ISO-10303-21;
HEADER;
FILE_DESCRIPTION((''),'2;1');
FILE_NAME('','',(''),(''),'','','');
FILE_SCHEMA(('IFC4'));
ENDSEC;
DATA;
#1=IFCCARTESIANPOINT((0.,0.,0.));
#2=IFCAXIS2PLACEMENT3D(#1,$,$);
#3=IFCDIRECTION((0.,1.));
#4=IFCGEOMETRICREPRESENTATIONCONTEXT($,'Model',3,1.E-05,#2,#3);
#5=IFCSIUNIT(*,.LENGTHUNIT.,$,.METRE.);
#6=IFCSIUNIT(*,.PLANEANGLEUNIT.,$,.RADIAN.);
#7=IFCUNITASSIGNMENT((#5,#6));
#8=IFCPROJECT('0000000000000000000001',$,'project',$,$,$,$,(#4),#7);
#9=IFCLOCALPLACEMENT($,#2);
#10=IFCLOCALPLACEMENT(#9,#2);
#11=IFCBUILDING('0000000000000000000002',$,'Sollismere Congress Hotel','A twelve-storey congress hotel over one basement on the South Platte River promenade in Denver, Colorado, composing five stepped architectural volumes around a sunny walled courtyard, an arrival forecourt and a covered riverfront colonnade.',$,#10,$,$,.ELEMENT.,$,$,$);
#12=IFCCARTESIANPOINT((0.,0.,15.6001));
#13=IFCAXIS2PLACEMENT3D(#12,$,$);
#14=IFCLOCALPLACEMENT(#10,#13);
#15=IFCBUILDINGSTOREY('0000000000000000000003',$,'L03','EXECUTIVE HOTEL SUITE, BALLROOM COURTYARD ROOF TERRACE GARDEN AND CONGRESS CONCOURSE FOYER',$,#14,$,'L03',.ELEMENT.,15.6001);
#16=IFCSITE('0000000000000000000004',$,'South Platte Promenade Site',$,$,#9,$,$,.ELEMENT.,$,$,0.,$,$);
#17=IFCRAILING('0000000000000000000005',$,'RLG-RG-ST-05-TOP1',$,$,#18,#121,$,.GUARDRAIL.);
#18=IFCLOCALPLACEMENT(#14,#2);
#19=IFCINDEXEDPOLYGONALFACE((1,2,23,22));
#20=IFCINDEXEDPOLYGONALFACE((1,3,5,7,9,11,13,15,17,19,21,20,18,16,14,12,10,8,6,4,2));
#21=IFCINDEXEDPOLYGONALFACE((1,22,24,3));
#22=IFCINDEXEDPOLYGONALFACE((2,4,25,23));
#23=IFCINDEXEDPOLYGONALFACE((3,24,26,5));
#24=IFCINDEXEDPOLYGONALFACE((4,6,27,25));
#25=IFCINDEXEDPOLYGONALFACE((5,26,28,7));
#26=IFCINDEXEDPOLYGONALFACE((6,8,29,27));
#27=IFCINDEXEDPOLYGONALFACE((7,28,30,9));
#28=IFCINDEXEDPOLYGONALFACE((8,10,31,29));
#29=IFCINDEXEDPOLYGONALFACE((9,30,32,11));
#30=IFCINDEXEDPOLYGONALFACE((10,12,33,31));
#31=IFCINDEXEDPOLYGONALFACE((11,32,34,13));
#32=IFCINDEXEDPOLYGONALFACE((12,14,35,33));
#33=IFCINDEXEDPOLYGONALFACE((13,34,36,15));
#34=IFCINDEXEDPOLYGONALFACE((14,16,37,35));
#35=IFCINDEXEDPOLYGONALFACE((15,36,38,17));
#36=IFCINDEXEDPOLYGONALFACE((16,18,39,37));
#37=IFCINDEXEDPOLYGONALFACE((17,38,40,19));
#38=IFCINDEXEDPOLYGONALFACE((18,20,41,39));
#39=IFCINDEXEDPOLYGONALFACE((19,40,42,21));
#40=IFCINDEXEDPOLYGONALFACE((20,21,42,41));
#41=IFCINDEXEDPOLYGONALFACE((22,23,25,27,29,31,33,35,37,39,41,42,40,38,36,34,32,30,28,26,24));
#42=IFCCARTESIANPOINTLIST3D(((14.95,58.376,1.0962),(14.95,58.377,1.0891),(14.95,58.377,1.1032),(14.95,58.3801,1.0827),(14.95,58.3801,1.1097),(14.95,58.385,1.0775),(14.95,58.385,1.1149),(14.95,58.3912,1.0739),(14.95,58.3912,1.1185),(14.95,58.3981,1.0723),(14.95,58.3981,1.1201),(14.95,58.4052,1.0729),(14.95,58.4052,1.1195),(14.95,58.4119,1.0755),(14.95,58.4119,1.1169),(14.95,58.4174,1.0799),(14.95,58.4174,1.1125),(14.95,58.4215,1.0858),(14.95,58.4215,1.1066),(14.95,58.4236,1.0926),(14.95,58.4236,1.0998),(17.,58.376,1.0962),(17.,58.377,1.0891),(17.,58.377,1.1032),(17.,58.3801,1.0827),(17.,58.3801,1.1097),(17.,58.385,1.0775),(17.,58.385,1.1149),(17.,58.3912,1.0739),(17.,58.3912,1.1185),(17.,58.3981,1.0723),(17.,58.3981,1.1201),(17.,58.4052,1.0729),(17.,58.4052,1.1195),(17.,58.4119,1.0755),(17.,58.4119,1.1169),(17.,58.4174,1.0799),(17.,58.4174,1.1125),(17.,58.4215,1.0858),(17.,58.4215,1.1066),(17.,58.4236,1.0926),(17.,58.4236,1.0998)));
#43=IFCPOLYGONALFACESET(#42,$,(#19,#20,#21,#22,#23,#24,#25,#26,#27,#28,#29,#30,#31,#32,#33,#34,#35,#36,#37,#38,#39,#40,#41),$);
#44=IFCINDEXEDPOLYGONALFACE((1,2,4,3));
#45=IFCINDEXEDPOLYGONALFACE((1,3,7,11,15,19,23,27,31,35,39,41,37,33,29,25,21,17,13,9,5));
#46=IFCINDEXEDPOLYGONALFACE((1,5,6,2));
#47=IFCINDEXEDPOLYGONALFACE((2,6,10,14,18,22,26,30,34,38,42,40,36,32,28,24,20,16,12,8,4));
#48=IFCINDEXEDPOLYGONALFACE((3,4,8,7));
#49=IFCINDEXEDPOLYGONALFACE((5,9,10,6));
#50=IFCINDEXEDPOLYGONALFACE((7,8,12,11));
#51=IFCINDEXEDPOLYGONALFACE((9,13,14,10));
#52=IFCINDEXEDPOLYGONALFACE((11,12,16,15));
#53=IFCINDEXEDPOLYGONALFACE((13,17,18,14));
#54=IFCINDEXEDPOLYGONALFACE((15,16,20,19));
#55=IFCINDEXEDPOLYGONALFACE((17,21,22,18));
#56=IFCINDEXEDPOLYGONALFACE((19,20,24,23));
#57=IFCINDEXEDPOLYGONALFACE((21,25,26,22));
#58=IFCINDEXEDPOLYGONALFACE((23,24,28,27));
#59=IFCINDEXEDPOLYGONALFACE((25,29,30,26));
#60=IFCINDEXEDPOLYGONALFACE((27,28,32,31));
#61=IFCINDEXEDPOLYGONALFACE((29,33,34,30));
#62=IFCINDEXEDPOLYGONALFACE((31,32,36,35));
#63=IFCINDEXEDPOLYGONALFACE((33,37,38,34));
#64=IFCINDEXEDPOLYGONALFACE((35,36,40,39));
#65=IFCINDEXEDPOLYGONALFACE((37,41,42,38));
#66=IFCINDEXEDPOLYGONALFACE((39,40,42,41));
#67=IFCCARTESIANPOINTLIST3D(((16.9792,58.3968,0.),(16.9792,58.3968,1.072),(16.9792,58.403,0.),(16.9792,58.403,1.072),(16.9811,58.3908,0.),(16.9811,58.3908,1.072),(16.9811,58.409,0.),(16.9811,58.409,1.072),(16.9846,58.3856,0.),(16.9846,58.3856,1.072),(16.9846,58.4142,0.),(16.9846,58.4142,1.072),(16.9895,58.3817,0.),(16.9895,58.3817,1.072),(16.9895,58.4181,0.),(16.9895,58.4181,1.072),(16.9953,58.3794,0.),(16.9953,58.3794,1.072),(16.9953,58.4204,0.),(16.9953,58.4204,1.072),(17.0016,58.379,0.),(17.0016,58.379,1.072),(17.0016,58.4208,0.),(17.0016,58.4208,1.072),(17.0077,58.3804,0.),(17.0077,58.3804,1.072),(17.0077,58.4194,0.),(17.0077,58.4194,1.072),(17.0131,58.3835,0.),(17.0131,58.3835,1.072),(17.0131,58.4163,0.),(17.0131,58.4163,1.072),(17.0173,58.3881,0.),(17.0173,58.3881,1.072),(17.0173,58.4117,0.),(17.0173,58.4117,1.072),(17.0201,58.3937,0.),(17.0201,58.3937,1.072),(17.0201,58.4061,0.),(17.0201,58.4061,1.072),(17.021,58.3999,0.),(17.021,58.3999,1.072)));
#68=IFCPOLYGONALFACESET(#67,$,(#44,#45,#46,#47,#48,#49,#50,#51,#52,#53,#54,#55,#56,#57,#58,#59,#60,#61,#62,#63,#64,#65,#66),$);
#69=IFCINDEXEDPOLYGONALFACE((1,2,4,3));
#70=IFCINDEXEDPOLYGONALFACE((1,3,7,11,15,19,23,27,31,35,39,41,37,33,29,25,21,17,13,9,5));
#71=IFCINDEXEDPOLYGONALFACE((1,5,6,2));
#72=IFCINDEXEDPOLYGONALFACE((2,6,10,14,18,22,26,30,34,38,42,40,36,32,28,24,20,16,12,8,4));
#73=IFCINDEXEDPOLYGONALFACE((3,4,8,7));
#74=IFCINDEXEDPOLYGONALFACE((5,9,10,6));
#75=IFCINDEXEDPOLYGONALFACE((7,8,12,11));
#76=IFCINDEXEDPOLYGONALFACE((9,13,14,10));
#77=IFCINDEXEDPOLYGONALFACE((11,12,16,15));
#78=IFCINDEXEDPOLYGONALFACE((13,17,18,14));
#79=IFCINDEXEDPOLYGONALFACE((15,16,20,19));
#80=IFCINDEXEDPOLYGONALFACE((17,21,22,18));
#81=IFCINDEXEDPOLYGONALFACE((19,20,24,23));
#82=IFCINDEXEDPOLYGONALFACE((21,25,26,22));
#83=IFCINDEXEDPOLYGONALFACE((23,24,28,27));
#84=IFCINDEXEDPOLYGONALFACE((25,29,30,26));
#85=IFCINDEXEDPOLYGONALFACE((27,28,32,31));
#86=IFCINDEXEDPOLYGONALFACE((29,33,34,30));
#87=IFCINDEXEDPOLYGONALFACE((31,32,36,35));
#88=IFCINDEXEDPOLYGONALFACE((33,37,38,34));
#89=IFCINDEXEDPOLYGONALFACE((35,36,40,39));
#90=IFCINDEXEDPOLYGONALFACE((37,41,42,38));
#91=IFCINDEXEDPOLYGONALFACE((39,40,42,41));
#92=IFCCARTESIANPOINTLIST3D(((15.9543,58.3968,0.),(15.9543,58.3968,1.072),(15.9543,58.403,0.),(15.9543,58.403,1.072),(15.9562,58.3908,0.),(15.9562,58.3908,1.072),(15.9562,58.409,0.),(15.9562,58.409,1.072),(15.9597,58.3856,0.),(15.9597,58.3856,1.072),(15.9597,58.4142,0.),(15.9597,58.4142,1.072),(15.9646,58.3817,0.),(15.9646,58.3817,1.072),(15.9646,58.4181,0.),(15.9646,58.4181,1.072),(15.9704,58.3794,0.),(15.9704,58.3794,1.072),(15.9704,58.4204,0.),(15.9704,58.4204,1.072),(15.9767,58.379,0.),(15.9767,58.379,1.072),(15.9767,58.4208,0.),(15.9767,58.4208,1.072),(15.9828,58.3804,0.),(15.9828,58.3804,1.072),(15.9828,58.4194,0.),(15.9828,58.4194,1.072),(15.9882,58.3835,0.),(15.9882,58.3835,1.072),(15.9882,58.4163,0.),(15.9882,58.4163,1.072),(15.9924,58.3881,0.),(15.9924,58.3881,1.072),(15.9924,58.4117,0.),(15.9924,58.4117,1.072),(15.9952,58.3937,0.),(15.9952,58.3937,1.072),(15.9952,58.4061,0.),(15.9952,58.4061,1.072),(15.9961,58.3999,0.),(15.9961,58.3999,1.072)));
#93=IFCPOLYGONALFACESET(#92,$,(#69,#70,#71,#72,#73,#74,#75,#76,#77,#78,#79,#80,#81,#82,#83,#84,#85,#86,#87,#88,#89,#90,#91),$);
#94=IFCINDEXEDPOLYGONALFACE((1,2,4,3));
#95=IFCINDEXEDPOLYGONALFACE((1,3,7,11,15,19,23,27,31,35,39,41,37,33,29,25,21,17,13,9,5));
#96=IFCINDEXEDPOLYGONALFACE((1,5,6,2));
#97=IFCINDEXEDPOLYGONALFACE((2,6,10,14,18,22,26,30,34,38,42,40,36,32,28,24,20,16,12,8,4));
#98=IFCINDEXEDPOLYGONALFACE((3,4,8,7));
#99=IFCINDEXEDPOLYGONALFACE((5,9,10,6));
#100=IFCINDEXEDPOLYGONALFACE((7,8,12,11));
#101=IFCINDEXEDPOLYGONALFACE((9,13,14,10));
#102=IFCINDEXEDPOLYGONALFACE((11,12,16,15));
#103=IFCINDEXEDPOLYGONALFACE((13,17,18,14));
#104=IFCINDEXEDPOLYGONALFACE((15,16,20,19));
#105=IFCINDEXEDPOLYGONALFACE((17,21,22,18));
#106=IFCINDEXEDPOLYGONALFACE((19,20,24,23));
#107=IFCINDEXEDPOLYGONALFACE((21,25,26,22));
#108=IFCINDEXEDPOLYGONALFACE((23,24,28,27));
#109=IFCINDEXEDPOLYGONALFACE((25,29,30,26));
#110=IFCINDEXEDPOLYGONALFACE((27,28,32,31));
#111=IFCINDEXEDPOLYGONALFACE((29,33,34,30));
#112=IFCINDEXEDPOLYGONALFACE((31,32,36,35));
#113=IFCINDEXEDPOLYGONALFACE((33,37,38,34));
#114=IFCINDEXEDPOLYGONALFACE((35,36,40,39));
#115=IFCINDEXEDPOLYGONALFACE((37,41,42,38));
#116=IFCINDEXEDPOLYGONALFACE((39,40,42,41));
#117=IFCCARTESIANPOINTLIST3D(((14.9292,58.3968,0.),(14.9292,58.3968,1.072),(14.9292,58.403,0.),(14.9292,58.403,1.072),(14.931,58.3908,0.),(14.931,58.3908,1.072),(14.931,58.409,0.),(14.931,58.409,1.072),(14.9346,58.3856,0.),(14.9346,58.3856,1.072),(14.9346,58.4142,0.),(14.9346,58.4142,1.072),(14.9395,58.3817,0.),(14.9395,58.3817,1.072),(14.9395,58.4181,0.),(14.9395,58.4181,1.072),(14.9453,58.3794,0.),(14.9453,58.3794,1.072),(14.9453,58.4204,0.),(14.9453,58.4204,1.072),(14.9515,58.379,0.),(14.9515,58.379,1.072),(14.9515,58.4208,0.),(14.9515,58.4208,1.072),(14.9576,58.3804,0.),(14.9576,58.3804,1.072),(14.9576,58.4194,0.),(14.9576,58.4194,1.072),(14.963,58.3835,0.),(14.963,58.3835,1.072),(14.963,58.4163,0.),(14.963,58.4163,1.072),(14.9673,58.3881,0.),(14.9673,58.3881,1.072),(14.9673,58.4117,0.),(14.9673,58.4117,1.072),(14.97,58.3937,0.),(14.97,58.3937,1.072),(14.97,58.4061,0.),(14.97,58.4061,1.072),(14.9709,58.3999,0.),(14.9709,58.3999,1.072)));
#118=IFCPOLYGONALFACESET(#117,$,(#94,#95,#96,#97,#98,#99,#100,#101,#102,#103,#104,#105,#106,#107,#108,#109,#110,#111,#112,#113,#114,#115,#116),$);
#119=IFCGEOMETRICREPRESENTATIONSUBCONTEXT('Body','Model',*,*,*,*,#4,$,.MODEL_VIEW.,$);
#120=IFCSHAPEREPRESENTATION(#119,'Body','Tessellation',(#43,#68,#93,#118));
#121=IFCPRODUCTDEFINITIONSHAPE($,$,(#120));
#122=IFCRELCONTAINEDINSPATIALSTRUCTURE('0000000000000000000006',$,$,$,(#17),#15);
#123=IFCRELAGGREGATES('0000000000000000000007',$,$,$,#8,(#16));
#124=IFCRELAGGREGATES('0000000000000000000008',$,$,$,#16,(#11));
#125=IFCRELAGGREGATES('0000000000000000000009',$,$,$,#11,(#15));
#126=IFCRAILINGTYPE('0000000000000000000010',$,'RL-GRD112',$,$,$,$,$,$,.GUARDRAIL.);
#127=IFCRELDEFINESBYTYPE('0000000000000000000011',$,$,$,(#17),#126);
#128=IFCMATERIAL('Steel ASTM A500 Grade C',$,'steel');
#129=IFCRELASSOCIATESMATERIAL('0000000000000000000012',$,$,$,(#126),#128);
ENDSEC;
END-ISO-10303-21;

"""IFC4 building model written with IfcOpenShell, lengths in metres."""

from ifc_helpers import new_model, si_unit, direction, frame, origin, origin_2d, place, context, subcontext, project, spatial, circle, extrude, material, type_object, element, save


model = new_model("IFC4")

# Units and contexts
model_context = context("Model", 3, precision=1e-05, world=origin(), true_north=direction((0.0, 1.0)))
body_context = subcontext(model_context, "Body", "Model", "MODEL_VIEW")
ifc_project = project(units=[si_unit("LENGTHUNIT", "METRE"), si_unit("PLANEANGLEUNIT", "RADIAN")], contexts=[model_context])

# Site, building, storey
site_placement = place(None, origin())
site = spatial("IfcSite", under=ifc_project, at=site_placement, Name="South Platte Promenade Site", CompositionType="ELEMENT", RefElevation=0.0)
building_placement = place(site_placement, origin())
building = spatial("IfcBuilding", under=site, at=building_placement, Name="Sollismere Congress Hotel", Description="A twelve-storey congress hotel over one basement on the South Platte River promenade in Denver, Colorado, composing five stepped architectural volumes around a sunny walled courtyard, an arrival forecourt and a covered riverfront colonnade.", CompositionType="ELEMENT")
storey_placement = place(building_placement, frame((0.0, 0.0, 15.6001)))
storey = spatial("IfcBuildingStorey", under=building, at=storey_placement, Name="L03", Description="EXECUTIVE HOTEL SUITE, BALLROOM COURTYARD ROOF TERRACE GARDEN AND CONGRESS CONCOURSE FOYER", LongName="L03", CompositionType="ELEMENT", Elevation=15.6001)

# Railing
ifc_material_1 = material(Name="Steel ASTM A500 Grade C", Category="steel")
railing_type = type_object("IfcRailingType", Name="RL-GRD112", PredefinedType="GUARDRAIL", material=ifc_material_1)
railing_placement = place(storey_placement, frame((17.0, 58.3999, 0.0)))
element("IfcRailing", 1, at=railing_placement, inside=storey, type_object=railing_type, Name="RLG-RG-ST-05-TOP1", PredefinedType="GUARDRAIL", context=body_context, shape_type="SweptSolid", body=[
    extrude(circle(Radius=0.0239, at=origin_2d()), frame((0.0, 0.0, 1.0962), z_axis=(-1.0, 0.0, 0.0), x_axis=(0.0, -1.0, 0.0)), (0.0, 0.0, 1.0), 2.05),
    extrude(circle(Radius=0.021, at=origin_2d()), origin(), (0.0, 0.0, 1.0), 1.072),
    extrude(circle(Radius=0.021, at=origin_2d()), frame((-1.0249, 0.0, 0.0)), (0.0, 0.0, 1.0), 1.072),
    extrude(circle(Radius=0.021, at=origin_2d()), frame((-2.05, 0.0, 0.0)), (0.0, 0.0, 1.0), 1.072),
])

save(model, "model.ifc")
